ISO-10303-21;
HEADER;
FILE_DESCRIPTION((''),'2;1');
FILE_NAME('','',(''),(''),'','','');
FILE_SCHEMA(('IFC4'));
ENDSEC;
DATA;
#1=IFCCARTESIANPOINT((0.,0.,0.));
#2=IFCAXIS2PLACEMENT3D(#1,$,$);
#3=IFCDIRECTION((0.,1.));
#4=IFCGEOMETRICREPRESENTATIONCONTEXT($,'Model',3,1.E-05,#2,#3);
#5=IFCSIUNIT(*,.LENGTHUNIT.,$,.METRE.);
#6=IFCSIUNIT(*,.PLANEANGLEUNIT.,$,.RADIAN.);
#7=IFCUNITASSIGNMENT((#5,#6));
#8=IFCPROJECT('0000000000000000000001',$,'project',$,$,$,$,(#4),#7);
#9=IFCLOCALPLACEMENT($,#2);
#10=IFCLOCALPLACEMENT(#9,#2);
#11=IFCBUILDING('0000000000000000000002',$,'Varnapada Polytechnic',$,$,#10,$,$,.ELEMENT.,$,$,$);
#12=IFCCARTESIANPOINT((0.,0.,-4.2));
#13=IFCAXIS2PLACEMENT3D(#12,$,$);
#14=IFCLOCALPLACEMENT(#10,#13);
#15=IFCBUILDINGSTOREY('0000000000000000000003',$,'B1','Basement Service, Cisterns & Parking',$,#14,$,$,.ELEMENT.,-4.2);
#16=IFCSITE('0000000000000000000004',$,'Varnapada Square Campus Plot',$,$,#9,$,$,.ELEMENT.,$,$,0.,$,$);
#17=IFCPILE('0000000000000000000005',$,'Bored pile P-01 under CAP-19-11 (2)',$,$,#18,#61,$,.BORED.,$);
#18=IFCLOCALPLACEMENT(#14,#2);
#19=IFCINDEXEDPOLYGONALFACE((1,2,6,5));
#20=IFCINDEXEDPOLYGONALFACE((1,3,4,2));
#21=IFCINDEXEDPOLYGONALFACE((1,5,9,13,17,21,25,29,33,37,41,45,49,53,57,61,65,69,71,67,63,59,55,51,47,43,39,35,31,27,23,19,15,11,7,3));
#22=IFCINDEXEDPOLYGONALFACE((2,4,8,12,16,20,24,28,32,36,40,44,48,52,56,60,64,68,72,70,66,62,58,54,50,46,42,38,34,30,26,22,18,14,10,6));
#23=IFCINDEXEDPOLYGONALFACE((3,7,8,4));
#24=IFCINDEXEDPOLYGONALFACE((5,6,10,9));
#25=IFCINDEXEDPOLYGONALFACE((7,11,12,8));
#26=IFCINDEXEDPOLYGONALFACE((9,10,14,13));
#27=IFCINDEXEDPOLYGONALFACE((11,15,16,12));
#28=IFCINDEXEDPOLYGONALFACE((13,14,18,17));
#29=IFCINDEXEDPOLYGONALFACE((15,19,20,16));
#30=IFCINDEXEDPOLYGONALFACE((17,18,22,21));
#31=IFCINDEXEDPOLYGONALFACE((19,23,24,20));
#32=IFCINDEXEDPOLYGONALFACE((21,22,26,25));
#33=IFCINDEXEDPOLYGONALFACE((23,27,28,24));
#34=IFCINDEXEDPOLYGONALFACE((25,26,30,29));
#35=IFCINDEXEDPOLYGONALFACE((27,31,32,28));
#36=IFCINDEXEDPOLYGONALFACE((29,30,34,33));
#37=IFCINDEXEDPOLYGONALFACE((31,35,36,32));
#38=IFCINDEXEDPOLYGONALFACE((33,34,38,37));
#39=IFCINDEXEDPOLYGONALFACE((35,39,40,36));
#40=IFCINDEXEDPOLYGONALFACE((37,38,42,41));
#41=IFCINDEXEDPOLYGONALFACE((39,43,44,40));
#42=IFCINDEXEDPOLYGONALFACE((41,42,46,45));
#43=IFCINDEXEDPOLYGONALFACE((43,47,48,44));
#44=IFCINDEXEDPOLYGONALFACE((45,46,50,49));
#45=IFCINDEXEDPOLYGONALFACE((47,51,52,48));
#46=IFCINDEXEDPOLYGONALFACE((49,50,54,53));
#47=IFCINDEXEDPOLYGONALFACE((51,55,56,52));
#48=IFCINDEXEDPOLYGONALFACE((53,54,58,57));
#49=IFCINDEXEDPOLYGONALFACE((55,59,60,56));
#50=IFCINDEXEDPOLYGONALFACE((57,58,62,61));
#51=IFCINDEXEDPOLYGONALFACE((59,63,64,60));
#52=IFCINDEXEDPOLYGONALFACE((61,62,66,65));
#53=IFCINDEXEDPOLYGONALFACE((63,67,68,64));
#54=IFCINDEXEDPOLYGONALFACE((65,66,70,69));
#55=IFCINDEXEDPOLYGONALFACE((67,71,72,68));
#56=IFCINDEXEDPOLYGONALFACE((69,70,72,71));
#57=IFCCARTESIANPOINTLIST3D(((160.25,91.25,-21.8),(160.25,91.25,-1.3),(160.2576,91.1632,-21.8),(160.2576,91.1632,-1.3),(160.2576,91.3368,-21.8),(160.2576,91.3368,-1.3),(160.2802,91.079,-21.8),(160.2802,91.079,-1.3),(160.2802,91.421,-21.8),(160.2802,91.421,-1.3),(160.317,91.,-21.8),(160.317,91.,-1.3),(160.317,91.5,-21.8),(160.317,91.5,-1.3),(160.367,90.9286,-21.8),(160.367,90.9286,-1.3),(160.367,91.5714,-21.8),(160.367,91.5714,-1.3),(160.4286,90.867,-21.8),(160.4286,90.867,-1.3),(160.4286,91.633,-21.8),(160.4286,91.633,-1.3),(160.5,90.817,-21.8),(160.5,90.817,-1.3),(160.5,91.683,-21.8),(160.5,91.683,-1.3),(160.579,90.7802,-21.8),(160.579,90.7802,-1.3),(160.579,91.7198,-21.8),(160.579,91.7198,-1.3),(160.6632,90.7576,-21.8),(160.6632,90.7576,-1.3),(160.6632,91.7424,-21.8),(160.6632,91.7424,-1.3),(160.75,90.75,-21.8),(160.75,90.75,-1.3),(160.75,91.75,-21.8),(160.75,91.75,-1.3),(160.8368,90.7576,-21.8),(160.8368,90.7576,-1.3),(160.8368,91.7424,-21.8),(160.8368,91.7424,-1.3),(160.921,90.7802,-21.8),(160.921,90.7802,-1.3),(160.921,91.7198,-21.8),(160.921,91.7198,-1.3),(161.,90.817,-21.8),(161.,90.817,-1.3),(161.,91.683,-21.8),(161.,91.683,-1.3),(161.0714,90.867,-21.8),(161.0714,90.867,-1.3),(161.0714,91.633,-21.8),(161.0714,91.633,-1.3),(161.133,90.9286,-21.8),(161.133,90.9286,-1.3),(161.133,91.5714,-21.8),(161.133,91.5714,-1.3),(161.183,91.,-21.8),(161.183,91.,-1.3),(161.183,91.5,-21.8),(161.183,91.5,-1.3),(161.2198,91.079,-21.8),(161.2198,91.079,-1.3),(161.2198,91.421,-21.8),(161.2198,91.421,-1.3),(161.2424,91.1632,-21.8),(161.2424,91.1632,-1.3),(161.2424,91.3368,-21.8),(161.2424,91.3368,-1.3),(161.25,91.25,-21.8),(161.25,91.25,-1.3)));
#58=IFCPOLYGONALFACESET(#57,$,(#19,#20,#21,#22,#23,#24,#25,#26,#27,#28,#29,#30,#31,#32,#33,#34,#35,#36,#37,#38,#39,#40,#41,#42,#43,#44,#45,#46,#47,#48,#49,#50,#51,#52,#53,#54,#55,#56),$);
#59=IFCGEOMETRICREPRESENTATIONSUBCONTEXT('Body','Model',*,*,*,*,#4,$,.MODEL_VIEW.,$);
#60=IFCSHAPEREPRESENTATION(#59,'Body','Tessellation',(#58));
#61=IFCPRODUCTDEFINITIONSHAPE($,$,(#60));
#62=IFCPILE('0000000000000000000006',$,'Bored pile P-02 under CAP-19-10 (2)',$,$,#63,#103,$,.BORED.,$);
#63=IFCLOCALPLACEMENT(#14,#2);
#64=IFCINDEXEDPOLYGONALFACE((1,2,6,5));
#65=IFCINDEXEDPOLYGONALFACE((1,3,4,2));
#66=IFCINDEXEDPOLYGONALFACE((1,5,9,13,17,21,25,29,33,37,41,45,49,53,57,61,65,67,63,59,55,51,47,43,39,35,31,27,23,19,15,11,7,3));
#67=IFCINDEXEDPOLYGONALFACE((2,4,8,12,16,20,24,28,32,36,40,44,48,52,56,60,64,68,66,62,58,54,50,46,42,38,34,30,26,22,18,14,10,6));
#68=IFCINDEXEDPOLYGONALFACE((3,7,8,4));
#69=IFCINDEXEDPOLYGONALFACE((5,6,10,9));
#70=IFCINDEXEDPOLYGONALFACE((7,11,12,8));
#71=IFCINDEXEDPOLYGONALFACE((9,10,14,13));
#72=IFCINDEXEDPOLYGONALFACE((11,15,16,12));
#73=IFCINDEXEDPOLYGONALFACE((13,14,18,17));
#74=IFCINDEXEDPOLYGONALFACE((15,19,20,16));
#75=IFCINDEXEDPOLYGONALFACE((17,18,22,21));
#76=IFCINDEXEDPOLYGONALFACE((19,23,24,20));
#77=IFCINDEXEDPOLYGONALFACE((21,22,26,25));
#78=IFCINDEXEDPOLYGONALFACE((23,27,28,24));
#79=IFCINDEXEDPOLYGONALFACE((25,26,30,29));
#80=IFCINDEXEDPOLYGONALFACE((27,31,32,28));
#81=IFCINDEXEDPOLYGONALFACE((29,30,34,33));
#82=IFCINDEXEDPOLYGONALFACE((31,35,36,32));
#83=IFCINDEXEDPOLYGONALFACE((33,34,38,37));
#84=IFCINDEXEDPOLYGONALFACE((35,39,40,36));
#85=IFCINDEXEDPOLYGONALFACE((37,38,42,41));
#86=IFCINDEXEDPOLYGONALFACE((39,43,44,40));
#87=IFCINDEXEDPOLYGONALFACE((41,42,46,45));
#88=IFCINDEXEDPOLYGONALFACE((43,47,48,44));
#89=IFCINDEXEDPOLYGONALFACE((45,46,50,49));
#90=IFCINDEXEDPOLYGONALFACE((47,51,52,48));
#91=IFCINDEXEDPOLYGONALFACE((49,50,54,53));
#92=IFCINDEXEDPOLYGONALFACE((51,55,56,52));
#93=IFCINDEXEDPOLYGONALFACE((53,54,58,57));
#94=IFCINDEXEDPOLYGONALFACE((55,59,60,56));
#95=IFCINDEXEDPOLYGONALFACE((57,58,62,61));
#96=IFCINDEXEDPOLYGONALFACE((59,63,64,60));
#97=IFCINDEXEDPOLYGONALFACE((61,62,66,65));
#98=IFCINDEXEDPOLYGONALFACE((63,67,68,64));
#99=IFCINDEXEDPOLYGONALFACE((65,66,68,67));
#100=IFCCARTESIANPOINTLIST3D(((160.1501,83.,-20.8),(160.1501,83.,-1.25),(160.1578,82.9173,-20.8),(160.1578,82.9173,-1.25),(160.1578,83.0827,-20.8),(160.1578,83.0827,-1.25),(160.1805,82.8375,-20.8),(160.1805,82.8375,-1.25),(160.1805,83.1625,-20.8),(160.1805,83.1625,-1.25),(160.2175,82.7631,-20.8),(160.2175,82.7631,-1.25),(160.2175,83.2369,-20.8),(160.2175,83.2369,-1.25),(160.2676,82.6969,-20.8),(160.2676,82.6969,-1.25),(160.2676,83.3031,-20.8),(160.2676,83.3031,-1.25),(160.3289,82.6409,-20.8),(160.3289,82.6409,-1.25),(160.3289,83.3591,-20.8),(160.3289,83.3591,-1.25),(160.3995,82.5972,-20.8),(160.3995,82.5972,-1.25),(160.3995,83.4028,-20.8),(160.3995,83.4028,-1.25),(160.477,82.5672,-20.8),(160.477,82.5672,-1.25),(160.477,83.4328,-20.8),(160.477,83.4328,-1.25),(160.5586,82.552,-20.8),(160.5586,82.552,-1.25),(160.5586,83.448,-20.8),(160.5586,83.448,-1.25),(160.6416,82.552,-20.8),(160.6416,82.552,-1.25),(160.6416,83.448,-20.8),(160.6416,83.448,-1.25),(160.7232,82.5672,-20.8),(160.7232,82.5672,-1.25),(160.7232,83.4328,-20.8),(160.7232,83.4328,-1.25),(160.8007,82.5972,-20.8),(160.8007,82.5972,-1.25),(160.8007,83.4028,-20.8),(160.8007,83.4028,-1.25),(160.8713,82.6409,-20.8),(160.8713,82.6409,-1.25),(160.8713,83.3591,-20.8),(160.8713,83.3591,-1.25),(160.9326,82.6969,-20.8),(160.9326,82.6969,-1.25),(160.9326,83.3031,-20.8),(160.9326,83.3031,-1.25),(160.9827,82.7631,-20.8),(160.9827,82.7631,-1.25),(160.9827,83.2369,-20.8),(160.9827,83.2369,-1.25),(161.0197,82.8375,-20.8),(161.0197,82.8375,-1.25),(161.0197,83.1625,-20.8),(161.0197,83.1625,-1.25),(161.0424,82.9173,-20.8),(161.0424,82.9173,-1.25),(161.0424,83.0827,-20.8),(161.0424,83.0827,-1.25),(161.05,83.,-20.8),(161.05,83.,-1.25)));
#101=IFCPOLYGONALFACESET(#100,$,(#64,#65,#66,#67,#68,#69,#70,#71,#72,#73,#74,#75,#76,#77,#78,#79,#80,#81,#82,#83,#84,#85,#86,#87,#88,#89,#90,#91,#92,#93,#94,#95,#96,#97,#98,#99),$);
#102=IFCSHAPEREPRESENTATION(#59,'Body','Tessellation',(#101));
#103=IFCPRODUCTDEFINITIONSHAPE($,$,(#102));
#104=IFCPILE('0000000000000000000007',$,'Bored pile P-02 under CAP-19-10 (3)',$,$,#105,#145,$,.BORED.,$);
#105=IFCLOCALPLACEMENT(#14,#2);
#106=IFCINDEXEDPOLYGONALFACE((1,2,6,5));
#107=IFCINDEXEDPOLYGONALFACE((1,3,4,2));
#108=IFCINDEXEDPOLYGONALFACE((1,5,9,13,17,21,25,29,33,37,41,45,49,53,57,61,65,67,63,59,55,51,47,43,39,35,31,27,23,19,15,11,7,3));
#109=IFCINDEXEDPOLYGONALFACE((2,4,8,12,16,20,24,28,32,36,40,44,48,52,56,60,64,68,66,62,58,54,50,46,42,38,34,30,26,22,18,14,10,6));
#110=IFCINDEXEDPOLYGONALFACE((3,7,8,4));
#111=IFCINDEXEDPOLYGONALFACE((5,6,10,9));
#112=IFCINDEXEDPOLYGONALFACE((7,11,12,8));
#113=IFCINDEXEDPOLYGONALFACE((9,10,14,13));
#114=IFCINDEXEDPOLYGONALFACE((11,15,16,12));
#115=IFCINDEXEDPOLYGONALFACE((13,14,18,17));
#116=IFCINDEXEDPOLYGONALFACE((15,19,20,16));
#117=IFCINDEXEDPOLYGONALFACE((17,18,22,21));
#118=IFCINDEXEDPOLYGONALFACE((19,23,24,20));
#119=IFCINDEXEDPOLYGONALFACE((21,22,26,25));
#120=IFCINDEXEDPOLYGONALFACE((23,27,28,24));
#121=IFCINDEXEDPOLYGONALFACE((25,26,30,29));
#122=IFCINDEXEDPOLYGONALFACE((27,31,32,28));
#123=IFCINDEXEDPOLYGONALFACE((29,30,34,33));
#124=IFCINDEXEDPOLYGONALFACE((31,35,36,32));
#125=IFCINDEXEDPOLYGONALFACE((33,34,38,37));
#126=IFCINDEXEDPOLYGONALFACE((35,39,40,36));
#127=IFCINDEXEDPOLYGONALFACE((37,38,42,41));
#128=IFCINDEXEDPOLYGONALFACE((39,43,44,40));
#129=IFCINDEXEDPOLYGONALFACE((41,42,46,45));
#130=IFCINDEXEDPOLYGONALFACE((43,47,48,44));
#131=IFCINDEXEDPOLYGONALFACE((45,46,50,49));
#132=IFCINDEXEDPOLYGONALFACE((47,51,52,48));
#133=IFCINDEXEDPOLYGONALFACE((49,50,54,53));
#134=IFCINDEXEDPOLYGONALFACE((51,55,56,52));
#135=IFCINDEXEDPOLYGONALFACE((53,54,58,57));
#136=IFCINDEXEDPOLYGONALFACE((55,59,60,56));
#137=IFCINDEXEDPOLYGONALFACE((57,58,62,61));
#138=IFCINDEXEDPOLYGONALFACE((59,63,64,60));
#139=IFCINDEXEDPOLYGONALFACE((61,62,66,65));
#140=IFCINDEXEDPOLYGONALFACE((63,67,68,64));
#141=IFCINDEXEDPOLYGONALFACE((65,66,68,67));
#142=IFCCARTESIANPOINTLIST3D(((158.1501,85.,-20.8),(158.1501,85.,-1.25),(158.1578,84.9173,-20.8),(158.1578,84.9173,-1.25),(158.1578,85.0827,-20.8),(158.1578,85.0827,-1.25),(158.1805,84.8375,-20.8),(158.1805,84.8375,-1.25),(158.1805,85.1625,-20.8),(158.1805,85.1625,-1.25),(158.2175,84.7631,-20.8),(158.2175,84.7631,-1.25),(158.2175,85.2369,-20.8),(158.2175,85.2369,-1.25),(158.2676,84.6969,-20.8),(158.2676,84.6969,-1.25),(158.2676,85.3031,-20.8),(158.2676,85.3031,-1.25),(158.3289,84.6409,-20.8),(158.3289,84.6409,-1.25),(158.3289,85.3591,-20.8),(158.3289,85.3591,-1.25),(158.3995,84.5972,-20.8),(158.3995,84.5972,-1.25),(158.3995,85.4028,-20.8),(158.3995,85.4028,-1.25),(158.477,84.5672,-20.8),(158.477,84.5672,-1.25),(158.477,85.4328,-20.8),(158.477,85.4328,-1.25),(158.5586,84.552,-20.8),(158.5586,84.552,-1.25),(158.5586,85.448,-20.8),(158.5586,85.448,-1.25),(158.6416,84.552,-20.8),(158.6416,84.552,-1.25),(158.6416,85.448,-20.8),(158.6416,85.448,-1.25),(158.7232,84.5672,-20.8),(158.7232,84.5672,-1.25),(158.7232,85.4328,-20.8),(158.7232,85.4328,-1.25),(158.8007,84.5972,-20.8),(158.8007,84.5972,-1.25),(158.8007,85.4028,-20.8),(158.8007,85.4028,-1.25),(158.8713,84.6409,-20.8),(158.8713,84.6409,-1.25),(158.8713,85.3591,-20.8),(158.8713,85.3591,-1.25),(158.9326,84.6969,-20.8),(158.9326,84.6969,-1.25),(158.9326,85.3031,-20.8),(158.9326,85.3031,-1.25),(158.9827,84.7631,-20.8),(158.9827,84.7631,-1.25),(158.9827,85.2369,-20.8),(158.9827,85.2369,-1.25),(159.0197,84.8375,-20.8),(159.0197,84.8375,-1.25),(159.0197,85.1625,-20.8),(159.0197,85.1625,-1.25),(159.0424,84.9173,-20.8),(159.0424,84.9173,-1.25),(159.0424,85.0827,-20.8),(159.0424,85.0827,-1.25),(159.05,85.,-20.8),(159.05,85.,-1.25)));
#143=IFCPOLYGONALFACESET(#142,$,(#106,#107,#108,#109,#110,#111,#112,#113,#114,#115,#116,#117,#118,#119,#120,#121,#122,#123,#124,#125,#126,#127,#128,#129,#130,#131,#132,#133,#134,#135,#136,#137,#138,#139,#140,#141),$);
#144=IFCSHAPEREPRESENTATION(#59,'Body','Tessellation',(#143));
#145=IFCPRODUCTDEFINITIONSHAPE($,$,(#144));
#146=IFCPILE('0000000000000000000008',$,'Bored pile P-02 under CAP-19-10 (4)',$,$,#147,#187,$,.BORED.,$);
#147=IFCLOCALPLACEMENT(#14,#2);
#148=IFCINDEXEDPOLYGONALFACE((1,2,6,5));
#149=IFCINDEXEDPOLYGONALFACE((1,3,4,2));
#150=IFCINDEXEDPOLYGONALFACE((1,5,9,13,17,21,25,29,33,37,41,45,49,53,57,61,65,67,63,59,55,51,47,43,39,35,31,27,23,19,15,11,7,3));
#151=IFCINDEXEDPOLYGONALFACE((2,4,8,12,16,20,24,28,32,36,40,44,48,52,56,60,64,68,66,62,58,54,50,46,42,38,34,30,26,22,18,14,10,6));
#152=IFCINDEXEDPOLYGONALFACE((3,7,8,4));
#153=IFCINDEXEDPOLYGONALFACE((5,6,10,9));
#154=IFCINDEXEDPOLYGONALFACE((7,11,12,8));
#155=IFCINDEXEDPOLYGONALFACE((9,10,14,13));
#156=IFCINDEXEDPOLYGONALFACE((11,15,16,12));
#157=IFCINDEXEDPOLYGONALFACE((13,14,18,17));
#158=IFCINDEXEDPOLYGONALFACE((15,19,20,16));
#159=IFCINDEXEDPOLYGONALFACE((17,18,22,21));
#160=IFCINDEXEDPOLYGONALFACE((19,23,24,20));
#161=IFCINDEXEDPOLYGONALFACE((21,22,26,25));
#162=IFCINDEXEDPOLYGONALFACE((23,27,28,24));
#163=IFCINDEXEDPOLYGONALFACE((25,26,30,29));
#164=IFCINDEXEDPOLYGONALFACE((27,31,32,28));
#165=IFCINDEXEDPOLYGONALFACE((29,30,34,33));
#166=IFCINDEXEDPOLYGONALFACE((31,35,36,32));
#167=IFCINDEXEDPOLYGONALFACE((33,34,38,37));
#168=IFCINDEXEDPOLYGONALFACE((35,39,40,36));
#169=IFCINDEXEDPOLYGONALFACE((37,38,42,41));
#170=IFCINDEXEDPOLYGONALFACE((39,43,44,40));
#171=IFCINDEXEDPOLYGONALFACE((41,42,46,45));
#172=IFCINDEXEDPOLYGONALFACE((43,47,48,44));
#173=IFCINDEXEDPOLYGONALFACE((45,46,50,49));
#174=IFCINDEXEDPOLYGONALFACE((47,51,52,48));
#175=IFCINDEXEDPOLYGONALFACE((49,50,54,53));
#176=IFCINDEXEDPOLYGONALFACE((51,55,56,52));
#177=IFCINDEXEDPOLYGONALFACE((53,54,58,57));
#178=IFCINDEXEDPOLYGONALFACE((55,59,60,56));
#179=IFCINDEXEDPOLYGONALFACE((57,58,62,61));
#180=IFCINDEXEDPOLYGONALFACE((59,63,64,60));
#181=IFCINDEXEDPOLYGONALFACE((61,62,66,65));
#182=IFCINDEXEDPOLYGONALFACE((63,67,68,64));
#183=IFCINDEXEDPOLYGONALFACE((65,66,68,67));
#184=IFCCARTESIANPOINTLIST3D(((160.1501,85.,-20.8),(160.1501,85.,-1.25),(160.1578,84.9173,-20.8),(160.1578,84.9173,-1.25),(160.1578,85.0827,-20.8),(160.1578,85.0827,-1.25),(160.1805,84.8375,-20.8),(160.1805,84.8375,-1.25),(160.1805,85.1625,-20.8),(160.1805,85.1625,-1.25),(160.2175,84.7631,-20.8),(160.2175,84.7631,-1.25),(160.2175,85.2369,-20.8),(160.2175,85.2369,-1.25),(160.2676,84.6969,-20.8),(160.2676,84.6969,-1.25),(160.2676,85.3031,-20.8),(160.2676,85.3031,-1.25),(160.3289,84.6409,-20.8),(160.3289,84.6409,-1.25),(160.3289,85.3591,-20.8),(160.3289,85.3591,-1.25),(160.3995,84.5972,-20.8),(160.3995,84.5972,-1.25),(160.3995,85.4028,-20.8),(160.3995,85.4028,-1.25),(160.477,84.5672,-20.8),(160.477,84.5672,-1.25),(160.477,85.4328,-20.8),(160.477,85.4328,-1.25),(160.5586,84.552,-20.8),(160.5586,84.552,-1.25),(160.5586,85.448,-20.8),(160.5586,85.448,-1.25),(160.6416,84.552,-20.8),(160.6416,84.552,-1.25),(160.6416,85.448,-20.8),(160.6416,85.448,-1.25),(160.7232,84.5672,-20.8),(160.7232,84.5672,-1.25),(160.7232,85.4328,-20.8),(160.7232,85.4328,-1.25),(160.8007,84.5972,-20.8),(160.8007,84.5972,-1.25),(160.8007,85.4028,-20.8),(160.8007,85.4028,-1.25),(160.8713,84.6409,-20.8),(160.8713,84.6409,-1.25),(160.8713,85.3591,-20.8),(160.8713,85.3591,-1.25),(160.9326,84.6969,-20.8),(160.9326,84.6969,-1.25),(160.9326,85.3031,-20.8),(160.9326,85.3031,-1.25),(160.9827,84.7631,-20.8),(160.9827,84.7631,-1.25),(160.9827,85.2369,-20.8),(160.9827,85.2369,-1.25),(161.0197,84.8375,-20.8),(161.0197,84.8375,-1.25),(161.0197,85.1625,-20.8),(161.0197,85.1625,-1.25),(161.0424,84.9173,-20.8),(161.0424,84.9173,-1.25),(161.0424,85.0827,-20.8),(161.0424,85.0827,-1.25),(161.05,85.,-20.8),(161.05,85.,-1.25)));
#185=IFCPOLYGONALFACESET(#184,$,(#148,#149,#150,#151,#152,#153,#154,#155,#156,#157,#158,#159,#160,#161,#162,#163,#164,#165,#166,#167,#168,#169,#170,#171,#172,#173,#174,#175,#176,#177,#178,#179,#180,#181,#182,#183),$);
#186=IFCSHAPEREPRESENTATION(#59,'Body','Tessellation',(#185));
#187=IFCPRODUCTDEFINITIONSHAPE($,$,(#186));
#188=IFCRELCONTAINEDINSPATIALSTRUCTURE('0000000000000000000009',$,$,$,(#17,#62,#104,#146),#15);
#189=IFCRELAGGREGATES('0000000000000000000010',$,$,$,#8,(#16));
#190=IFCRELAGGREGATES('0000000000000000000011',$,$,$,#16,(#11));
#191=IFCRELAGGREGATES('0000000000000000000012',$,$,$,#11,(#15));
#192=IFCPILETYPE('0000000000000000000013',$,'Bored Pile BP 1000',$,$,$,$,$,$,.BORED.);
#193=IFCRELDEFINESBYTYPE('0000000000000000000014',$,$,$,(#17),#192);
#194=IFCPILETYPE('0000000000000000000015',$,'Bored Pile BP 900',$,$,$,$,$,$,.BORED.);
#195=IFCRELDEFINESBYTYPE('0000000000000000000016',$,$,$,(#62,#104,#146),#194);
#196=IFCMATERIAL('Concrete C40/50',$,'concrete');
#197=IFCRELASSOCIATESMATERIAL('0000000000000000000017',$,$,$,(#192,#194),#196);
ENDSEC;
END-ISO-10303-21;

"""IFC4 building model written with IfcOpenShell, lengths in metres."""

from ifc_helpers import new_model, si_unit, direction, frame, origin, origin_2d, place, context, subcontext, project, spatial, circle, extrude, material, material_profile, profile_set, type_object, element, save


model = new_model("IFC4")

# Units and contexts
model_context = context("Model", 3, precision=1e-05, world=origin(), true_north=direction((0.0, 1.0)))
body_context = subcontext(model_context, "Body", "Model", "MODEL_VIEW")
ifc_project = project(units=[si_unit("LENGTHUNIT", "METRE"), si_unit("PLANEANGLEUNIT", "RADIAN")], contexts=[model_context])

# Site, building, storey
site_placement = place(None, origin())
site = spatial("IfcSite", under=ifc_project, at=site_placement, Name="Varnapada Square Campus Plot", CompositionType="ELEMENT", RefElevation=0.0)
building_placement = place(site_placement, origin())
building = spatial("IfcBuilding", under=site, at=building_placement, Name="Varnapada Polytechnic", CompositionType="ELEMENT")
storey_placement = place(building_placement, frame((0.0, 0.0, -4.2)))
storey = spatial("IfcBuildingStorey", under=building, at=storey_placement, Name="B1", Description="Basement Service, Cisterns & Parking", CompositionType="ELEMENT", Elevation=-4.2)

# Piles
ifc_material_1 = material(Name="Concrete C40/50", Category="concrete")
ifc_material_profile_1 = material_profile(ifc_material_1, circle(Radius=0.5, at=origin_2d()), Name="BP 1000")
ifc_profile_set_1 = profile_set([ifc_material_profile_1], Name="Concrete C40/50")
pile_type_1 = type_object("IfcPileType", Name="Bored Pile BP 1000", PredefinedType="BORED", material=ifc_profile_set_1)
pile_placement = place(storey_placement, frame((160.75, 91.25, -1.3), z_axis=(0.0, 0.0, -1.0), x_axis=(1.0, 0.0, 0.0)))
element("IfcPile", 1, at=pile_placement, inside=storey, type_object=pile_type_1, Name="Bored pile P-01 under CAP-19-11 (2)", PredefinedType="BORED", context=body_context, shape_type="SweptSolid", body=[
    extrude(circle(Radius=0.5, at=origin_2d()), origin(), (0.0, 0.0, 1.0), 20.5),
])
ifc_material_profile_2 = material_profile(ifc_material_1, circle(Radius=0.45, at=origin_2d()), Name="BP 900")
ifc_profile_set_2 = profile_set([ifc_material_profile_2], Name="Concrete C40/50")
pile_type_2 = type_object("IfcPileType", Name="Bored Pile BP 900", PredefinedType="BORED", material=ifc_profile_set_2)
for number, where, z_axis, x_axis, name in (
    (2, (160.6001, 83.0, -1.25), (0.0, 0.0, -1.0), (1.0, 0.0, 0.0), "Bored pile P-02 under CAP-19-10 (2)"),
    (3, (158.6001, 85.0, -1.25), (0.0, 0.0, -1.0), (1.0, 0.0, 0.0), "Bored pile P-02 under CAP-19-10 (3)"),
    (4, (160.6001, 85.0, -1.25), (0.0, 0.0, -1.0), (1.0, 0.0, 0.0), "Bored pile P-02 under CAP-19-10 (4)"),
):
    element("IfcPile", number, at=place(storey_placement, frame(where, z_axis=z_axis, x_axis=x_axis)), inside=storey, type_object=pile_type_2, Name=name, PredefinedType="BORED", context=body_context, shape_type="SweptSolid", body=[
        extrude(circle(Radius=0.45, at=origin_2d()), origin(), (0.0, 0.0, 1.0), 19.55),
    ])

save(model, "model.ifc")
